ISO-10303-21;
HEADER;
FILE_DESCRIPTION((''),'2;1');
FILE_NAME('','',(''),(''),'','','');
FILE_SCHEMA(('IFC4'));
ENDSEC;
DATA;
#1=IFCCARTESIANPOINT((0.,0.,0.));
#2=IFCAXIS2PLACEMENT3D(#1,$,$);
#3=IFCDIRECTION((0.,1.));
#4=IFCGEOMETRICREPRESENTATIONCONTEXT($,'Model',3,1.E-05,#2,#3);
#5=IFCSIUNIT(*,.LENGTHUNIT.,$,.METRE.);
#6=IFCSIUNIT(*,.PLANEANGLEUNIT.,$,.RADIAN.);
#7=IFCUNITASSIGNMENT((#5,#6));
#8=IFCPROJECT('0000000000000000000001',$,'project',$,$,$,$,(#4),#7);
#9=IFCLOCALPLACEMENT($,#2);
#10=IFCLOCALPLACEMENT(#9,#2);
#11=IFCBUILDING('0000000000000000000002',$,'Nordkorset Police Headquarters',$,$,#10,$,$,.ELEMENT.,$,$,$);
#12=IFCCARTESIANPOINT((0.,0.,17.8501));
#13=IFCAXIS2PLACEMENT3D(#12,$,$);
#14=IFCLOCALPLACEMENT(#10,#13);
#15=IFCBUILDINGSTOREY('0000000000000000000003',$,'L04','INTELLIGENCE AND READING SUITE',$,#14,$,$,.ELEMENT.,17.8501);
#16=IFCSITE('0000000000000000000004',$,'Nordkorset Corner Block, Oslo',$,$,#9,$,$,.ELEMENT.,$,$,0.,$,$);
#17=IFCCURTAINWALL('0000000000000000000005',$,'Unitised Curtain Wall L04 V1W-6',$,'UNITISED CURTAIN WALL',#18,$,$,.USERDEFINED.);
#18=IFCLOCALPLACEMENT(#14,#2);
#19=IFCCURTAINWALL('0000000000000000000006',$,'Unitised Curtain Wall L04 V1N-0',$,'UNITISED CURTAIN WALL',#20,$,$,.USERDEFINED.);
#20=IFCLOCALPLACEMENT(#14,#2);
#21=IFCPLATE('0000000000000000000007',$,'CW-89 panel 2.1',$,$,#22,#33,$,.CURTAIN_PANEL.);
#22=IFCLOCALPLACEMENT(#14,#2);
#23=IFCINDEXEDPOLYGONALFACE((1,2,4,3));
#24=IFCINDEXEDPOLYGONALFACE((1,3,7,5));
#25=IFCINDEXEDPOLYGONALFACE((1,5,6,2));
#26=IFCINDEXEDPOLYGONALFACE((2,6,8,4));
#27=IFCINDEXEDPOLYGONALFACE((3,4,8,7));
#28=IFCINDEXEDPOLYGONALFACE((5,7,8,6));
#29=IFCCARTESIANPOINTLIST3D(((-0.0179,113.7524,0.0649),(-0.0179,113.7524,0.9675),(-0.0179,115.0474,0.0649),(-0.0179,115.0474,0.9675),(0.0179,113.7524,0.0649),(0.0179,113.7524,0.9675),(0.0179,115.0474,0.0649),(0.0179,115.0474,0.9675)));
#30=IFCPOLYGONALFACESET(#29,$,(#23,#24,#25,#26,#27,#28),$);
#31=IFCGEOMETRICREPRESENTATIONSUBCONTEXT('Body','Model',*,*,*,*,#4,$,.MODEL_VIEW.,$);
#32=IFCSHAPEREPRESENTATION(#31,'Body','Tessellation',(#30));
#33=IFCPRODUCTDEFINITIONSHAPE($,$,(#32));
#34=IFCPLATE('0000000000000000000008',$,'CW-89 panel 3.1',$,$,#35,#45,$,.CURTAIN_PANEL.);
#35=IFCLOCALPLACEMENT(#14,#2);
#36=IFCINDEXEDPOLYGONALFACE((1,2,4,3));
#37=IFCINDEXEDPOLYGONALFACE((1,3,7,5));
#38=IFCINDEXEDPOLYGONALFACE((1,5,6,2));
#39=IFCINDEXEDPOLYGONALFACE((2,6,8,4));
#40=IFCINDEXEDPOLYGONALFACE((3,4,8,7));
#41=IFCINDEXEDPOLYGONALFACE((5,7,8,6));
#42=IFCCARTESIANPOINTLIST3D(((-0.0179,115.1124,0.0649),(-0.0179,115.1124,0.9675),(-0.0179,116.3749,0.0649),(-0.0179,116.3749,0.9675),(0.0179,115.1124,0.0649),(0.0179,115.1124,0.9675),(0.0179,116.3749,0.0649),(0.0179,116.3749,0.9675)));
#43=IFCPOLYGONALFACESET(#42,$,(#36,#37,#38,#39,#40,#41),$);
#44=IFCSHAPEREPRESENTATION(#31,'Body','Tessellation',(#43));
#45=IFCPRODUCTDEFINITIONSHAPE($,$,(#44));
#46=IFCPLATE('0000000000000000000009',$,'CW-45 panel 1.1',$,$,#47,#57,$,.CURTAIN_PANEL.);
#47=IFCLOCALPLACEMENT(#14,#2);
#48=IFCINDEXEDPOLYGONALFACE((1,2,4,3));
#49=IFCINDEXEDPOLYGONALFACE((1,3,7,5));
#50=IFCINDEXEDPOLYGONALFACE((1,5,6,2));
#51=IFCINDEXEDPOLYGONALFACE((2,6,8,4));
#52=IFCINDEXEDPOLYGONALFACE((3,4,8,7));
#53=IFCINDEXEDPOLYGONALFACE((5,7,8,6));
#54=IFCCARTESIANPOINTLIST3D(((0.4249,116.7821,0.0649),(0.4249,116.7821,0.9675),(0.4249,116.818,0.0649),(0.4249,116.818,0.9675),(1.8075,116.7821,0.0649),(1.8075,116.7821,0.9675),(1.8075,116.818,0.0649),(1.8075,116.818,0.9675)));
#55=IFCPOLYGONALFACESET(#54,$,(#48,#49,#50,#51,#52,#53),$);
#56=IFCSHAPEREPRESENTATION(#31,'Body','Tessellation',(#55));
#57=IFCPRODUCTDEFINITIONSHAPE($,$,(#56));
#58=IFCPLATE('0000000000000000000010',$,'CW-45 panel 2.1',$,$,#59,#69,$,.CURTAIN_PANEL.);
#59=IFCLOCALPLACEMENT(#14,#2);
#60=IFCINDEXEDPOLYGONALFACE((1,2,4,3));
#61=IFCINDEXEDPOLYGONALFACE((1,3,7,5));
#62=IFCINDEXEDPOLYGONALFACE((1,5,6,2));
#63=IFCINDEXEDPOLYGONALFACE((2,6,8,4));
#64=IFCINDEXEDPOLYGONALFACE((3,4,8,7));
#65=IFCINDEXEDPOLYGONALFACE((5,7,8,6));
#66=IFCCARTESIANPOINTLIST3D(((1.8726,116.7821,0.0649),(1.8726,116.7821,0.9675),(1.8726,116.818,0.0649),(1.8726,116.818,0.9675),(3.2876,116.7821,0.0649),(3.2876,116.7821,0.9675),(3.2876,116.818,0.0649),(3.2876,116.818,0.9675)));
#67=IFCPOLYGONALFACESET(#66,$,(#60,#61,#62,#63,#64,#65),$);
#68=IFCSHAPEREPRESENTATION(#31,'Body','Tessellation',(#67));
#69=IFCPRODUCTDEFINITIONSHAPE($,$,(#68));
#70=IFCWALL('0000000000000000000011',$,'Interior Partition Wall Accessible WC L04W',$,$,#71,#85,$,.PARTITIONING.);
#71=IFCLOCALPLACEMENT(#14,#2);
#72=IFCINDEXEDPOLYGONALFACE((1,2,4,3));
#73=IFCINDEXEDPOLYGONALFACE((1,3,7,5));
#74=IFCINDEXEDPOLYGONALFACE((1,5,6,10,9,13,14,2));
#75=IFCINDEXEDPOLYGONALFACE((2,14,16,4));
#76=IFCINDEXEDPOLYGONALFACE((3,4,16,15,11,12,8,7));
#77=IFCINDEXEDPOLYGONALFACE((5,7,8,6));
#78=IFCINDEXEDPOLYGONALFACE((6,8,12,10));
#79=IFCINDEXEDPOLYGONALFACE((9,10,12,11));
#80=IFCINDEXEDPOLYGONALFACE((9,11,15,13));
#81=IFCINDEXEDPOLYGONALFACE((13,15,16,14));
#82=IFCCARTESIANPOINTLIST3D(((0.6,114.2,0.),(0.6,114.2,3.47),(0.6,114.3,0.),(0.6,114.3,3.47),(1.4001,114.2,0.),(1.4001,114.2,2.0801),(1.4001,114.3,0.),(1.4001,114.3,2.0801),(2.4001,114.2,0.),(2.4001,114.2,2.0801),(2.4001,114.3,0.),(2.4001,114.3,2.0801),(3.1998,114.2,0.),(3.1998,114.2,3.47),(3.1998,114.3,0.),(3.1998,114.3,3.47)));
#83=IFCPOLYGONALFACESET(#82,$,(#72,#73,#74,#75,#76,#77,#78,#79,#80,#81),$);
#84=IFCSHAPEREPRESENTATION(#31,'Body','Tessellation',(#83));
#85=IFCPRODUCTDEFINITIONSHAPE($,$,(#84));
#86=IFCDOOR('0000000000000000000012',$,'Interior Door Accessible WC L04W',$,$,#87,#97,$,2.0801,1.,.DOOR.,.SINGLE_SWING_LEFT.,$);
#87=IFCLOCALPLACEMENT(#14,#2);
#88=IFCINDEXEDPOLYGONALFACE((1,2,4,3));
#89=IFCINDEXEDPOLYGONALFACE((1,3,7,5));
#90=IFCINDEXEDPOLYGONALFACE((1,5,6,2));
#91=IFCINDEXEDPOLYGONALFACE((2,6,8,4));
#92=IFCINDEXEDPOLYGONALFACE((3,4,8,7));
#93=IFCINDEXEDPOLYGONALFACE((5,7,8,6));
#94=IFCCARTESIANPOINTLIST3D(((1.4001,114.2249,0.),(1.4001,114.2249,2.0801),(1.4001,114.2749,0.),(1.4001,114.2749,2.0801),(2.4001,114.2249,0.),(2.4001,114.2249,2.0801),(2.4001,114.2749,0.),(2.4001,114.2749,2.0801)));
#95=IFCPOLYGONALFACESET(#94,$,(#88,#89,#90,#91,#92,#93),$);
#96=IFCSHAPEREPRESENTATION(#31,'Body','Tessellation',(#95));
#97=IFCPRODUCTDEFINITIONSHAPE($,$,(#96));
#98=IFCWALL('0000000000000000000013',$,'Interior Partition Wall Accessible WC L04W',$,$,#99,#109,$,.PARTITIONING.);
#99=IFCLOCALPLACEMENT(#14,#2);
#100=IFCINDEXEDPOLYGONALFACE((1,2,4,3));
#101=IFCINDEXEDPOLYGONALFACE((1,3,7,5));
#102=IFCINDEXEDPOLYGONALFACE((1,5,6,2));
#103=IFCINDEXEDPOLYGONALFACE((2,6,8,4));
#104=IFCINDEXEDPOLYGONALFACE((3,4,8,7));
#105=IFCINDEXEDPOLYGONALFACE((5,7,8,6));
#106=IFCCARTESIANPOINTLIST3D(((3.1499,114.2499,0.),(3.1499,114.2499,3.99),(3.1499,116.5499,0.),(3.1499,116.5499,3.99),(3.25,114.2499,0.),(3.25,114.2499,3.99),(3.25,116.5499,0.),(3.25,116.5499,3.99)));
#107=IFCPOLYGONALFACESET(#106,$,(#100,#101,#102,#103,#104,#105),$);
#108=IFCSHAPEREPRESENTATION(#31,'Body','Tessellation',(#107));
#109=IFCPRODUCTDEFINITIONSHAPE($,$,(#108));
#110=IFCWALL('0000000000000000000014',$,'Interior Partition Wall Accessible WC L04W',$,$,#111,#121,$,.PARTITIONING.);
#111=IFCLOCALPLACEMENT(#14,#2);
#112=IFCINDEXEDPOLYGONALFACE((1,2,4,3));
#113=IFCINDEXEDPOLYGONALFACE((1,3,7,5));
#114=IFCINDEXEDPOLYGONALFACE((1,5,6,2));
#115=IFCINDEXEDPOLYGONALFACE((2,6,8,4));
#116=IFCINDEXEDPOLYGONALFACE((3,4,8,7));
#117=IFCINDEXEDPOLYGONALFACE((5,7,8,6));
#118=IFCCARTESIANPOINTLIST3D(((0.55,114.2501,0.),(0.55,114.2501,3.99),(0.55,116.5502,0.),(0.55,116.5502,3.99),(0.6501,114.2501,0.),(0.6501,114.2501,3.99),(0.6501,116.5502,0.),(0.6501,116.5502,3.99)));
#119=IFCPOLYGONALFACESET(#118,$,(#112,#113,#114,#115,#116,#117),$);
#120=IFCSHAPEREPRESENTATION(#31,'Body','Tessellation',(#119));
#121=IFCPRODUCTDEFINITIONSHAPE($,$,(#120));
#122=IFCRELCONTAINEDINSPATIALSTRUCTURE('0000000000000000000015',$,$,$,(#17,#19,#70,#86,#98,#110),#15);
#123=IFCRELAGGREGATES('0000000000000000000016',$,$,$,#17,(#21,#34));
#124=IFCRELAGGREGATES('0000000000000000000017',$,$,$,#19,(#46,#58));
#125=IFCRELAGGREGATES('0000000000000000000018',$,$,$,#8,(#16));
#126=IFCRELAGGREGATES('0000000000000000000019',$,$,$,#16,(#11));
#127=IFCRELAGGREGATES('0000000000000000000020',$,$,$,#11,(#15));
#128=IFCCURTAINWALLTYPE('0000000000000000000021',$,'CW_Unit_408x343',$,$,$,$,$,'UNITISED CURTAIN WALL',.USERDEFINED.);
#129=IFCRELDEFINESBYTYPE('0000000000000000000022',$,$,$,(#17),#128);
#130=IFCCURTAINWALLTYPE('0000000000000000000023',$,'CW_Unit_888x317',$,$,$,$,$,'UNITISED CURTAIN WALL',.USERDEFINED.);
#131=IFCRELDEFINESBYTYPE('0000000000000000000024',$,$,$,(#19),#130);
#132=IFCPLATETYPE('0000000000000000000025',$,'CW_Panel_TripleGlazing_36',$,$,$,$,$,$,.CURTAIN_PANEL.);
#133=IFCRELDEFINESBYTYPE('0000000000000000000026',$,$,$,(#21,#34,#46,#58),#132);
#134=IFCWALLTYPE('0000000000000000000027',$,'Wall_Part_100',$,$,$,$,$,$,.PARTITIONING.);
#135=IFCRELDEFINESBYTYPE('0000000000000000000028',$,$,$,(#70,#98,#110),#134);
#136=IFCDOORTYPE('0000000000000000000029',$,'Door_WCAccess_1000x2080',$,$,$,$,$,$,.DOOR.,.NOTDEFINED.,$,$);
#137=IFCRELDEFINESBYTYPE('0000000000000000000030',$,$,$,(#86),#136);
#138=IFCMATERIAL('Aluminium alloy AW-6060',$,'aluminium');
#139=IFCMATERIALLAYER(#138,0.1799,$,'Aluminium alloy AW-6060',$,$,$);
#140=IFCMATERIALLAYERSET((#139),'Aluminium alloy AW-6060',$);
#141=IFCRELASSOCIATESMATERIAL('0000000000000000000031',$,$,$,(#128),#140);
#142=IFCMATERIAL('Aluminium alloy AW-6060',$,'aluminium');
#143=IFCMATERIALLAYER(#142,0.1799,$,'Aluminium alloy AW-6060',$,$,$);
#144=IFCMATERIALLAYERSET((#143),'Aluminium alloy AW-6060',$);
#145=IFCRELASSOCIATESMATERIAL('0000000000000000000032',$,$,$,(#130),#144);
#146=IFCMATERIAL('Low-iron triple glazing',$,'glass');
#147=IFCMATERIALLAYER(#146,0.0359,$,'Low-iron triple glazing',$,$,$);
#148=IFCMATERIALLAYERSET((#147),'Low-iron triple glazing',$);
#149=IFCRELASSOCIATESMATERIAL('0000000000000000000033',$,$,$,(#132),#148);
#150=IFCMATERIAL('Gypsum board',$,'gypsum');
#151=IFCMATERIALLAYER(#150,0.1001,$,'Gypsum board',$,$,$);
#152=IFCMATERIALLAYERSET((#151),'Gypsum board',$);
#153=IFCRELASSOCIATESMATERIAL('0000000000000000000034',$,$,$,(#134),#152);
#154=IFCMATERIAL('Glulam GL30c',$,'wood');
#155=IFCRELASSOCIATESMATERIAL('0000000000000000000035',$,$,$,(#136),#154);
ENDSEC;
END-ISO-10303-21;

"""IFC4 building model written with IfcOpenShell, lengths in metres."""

from ifc_helpers import new_model, si_unit, direction, frame, frame_2d, origin, origin_2d, place, context, subcontext, project, spatial, rectangle, extrude, material, layer, layer_set, type_object, element, fill, aggregate, save


model = new_model("IFC4")

# Units and contexts
model_context = context("Model", 3, precision=1e-05, world=origin(), true_north=direction((0.0, 1.0)))
body_context = subcontext(model_context, "Body", "Model", "MODEL_VIEW")
ifc_project = project(units=[si_unit("LENGTHUNIT", "METRE"), si_unit("PLANEANGLEUNIT", "RADIAN")], contexts=[model_context])

# Site, building, storey
site_placement = place(None, origin())
site = spatial("IfcSite", under=ifc_project, at=site_placement, Name="Nordkorset Corner Block, Oslo", CompositionType="ELEMENT", RefElevation=0.0)
building_placement = place(site_placement, origin())
building = spatial("IfcBuilding", under=site, at=building_placement, Name="Nordkorset Police Headquarters", CompositionType="ELEMENT")
storey_placement = place(building_placement, frame((0.0, 0.0, 17.8501)))
storey = spatial("IfcBuildingStorey", under=building, at=storey_placement, Name="L04", Description="INTELLIGENCE AND READING SUITE", CompositionType="ELEMENT", Elevation=17.8501)

# Curtain walls
ifc_material_1 = material(Name="Aluminium alloy AW-6060", Category="aluminium")
ifc_layer_1 = layer(ifc_material_1, 0.1799, Name="Aluminium alloy AW-6060")
ifc_layer_set_1 = layer_set([ifc_layer_1], Name="Aluminium alloy AW-6060")
curtain_wall_type_1 = type_object("IfcCurtainWallType", Name="CW_Unit_408x343", ElementType="UNITISED CURTAIN WALL", PredefinedType="USERDEFINED", material=ifc_layer_set_1)
curtain_wall_1_placement = place(storey_placement, origin())
curtain_wall_1 = element("IfcCurtainWall", 1, at=curtain_wall_1_placement, inside=storey, type_object=curtain_wall_type_1, Name="Unitised Curtain Wall L04 V1W-6", ObjectType="UNITISED CURTAIN WALL", PredefinedType="USERDEFINED")
ifc_material_2 = material(Name="Aluminium alloy AW-6060", Category="aluminium")
ifc_layer_2 = layer(ifc_material_2, 0.1799, Name="Aluminium alloy AW-6060")
ifc_layer_set_2 = layer_set([ifc_layer_2], Name="Aluminium alloy AW-6060")
curtain_wall_type_2 = type_object("IfcCurtainWallType", Name="CW_Unit_888x317", ElementType="UNITISED CURTAIN WALL", PredefinedType="USERDEFINED", material=ifc_layer_set_2)
curtain_wall_2_placement = place(storey_placement, origin())
curtain_wall_2 = element("IfcCurtainWall", 2, at=curtain_wall_2_placement, inside=storey, type_object=curtain_wall_type_2, Name="Unitised Curtain Wall L04 V1N-0", ObjectType="UNITISED CURTAIN WALL", PredefinedType="USERDEFINED")

# Plates
ifc_material_3 = material(Name="Low-iron triple glazing", Category="glass")
ifc_layer_3 = layer(ifc_material_3, 0.0359, Name="Low-iron triple glazing")
ifc_layer_set_3 = layer_set([ifc_layer_3], Name="Low-iron triple glazing")
plate_type = type_object("IfcPlateType", Name="CW_Panel_TripleGlazing_36", PredefinedType="CURTAIN_PANEL", material=ifc_layer_set_3)
plate_1_placement = place(storey_placement, frame((0.0, 114.3999, 0.0649), z_axis=(0.0, 0.0, 1.0), x_axis=(0.0, 1.0, 0.0)))
plate_1 = element("IfcPlate", 3, at=plate_1_placement, type_object=plate_type, Name="CW-89 panel 2.1", PredefinedType="CURTAIN_PANEL", context=body_context, shape_type="SweptSolid", body=[
    extrude(rectangle(XDim=1.2949, YDim=0.0359, at=origin_2d()), origin(), (0.0, 0.0, 1.0), 0.9026),
])
plate_2_placement = place(storey_placement, frame((0.0, 115.7437, 0.0649), z_axis=(0.0, 0.0, 1.0), x_axis=(0.0, 1.0, 0.0)))
plate_2 = element("IfcPlate", 4, at=plate_2_placement, type_object=plate_type, Name="CW-89 panel 3.1", PredefinedType="CURTAIN_PANEL", context=body_context, shape_type="SweptSolid", body=[
    extrude(rectangle(XDim=1.2625, YDim=0.0359, at=origin_2d()), origin(), (0.0, 0.0, 1.0), 0.9026),
])
aggregate(curtain_wall_1, [plate_1, plate_2])
plate_3_placement = place(storey_placement, frame((1.1162, 116.8, 0.0649), z_axis=(0.0, 0.0, 1.0), x_axis=(1.0, 0.0, 0.0)))
plate_3 = element("IfcPlate", 5, at=plate_3_placement, type_object=plate_type, Name="CW-45 panel 1.1", PredefinedType="CURTAIN_PANEL", context=body_context, shape_type="SweptSolid", body=[
    extrude(rectangle(XDim=1.3826, YDim=0.0359, at=origin_2d()), origin(), (0.0, 0.0, 1.0), 0.9026),
])
plate_4_placement = place(storey_placement, frame((2.5801, 116.8, 0.0649), z_axis=(0.0, 0.0, 1.0), x_axis=(1.0, 0.0, 0.0)))
plate_4 = element("IfcPlate", 6, at=plate_4_placement, type_object=plate_type, Name="CW-45 panel 2.1", PredefinedType="CURTAIN_PANEL", context=body_context, shape_type="SweptSolid", body=[
    extrude(rectangle(XDim=1.415, YDim=0.0359, at=origin_2d()), origin(), (0.0, 0.0, 1.0), 0.9026),
])
aggregate(curtain_wall_2, [plate_3, plate_4])

# Wall, opening, door
ifc_material_4 = material(Name="Gypsum board", Category="gypsum")
ifc_layer_4 = layer(ifc_material_4, 0.1001, Name="Gypsum board")
ifc_layer_set_4 = layer_set([ifc_layer_4], Name="Gypsum board")
wall_type = type_object("IfcWallType", Name="Wall_Part_100", PredefinedType="PARTITIONING", material=ifc_layer_set_4)
wall_placement = place(storey_placement, frame((0.6001, 114.25, 0.0), z_axis=(0.0, 0.0, 1.0), x_axis=(1.0, 0.0, 0.0)))
wall = element("IfcWall", 7, at=wall_placement, inside=storey, type_object=wall_type, Name="Interior Partition Wall Accessible WC L04W", PredefinedType="PARTITIONING", context=body_context, shape_type="SweptSolid", body=[
    extrude(rectangle(XDim=2.5999, YDim=0.1001, at=frame_2d((1.2998, 0.0))), origin(), (0.0, 0.0, 1.0), 3.47),
])
opening_placement = place(wall_placement, frame((0.8, 0.0, 0.0)))
opening = element("IfcOpeningElement", 8, at=opening_placement, cuts=wall, PredefinedType="OPENING", context=body_context, shape_type="SweptSolid", body=[
    extrude(rectangle(XDim=1.0, YDim=2.0801, at=frame_2d((0.5, 1.04))), frame((0.0, 0.0601, 0.0), z_axis=(0.0, -1.0, 0.0), x_axis=(1.0, 0.0, 0.0)), (0.0, 0.0, 1.0), 0.1201),
])
ifc_material_5 = material(Name="Glulam GL30c", Category="wood")
door_type = type_object("IfcDoorType", Name="Door_WCAccess_1000x2080", OperationType="NOTDEFINED", PredefinedType="DOOR", material=ifc_material_5)
door_placement = place(opening_placement, origin())
door = element("IfcDoor", 9, at=door_placement, inside=storey, type_object=door_type, Name="Interior Door Accessible WC L04W", OperationType="SINGLE_SWING_LEFT", OverallHeight=2.0801, OverallWidth=1.0, PredefinedType="DOOR", context=body_context, shape_type="SweptSolid", body=[
    extrude(rectangle(XDim=1.0, YDim=2.0801, at=frame_2d((0.5, 1.04))), frame((0.0, 0.0249, 0.0), z_axis=(0.0, -1.0, 0.0), x_axis=(1.0, 0.0, 0.0)), (0.0, 0.0, 1.0), 0.05),
])
fill(opening, door)

# Walls
for number, where, z_axis, x_axis, name in (
    (10, (3.2, 114.25, 0.0), (0.0, 0.0, 1.0), (0.0, 1.0, 0.0), "Interior Partition Wall Accessible WC L04W"),
    (11, (0.6001, 116.55, 0.0), (0.0, 0.0, 1.0), (0.0, -1.0, 0.0), "Interior Partition Wall Accessible WC L04W"),
):
    element("IfcWall", number, at=place(storey_placement, frame(where, z_axis=z_axis, x_axis=x_axis)), inside=storey, type_object=wall_type, Name=name, PredefinedType="PARTITIONING", context=body_context, shape_type="SweptSolid", body=[
        extrude(rectangle(XDim=2.3, YDim=0.1001, at=frame_2d((1.1499, 0.0))), origin(), (0.0, 0.0, 1.0), 3.99),
    ])

save(model, "model.ifc")
